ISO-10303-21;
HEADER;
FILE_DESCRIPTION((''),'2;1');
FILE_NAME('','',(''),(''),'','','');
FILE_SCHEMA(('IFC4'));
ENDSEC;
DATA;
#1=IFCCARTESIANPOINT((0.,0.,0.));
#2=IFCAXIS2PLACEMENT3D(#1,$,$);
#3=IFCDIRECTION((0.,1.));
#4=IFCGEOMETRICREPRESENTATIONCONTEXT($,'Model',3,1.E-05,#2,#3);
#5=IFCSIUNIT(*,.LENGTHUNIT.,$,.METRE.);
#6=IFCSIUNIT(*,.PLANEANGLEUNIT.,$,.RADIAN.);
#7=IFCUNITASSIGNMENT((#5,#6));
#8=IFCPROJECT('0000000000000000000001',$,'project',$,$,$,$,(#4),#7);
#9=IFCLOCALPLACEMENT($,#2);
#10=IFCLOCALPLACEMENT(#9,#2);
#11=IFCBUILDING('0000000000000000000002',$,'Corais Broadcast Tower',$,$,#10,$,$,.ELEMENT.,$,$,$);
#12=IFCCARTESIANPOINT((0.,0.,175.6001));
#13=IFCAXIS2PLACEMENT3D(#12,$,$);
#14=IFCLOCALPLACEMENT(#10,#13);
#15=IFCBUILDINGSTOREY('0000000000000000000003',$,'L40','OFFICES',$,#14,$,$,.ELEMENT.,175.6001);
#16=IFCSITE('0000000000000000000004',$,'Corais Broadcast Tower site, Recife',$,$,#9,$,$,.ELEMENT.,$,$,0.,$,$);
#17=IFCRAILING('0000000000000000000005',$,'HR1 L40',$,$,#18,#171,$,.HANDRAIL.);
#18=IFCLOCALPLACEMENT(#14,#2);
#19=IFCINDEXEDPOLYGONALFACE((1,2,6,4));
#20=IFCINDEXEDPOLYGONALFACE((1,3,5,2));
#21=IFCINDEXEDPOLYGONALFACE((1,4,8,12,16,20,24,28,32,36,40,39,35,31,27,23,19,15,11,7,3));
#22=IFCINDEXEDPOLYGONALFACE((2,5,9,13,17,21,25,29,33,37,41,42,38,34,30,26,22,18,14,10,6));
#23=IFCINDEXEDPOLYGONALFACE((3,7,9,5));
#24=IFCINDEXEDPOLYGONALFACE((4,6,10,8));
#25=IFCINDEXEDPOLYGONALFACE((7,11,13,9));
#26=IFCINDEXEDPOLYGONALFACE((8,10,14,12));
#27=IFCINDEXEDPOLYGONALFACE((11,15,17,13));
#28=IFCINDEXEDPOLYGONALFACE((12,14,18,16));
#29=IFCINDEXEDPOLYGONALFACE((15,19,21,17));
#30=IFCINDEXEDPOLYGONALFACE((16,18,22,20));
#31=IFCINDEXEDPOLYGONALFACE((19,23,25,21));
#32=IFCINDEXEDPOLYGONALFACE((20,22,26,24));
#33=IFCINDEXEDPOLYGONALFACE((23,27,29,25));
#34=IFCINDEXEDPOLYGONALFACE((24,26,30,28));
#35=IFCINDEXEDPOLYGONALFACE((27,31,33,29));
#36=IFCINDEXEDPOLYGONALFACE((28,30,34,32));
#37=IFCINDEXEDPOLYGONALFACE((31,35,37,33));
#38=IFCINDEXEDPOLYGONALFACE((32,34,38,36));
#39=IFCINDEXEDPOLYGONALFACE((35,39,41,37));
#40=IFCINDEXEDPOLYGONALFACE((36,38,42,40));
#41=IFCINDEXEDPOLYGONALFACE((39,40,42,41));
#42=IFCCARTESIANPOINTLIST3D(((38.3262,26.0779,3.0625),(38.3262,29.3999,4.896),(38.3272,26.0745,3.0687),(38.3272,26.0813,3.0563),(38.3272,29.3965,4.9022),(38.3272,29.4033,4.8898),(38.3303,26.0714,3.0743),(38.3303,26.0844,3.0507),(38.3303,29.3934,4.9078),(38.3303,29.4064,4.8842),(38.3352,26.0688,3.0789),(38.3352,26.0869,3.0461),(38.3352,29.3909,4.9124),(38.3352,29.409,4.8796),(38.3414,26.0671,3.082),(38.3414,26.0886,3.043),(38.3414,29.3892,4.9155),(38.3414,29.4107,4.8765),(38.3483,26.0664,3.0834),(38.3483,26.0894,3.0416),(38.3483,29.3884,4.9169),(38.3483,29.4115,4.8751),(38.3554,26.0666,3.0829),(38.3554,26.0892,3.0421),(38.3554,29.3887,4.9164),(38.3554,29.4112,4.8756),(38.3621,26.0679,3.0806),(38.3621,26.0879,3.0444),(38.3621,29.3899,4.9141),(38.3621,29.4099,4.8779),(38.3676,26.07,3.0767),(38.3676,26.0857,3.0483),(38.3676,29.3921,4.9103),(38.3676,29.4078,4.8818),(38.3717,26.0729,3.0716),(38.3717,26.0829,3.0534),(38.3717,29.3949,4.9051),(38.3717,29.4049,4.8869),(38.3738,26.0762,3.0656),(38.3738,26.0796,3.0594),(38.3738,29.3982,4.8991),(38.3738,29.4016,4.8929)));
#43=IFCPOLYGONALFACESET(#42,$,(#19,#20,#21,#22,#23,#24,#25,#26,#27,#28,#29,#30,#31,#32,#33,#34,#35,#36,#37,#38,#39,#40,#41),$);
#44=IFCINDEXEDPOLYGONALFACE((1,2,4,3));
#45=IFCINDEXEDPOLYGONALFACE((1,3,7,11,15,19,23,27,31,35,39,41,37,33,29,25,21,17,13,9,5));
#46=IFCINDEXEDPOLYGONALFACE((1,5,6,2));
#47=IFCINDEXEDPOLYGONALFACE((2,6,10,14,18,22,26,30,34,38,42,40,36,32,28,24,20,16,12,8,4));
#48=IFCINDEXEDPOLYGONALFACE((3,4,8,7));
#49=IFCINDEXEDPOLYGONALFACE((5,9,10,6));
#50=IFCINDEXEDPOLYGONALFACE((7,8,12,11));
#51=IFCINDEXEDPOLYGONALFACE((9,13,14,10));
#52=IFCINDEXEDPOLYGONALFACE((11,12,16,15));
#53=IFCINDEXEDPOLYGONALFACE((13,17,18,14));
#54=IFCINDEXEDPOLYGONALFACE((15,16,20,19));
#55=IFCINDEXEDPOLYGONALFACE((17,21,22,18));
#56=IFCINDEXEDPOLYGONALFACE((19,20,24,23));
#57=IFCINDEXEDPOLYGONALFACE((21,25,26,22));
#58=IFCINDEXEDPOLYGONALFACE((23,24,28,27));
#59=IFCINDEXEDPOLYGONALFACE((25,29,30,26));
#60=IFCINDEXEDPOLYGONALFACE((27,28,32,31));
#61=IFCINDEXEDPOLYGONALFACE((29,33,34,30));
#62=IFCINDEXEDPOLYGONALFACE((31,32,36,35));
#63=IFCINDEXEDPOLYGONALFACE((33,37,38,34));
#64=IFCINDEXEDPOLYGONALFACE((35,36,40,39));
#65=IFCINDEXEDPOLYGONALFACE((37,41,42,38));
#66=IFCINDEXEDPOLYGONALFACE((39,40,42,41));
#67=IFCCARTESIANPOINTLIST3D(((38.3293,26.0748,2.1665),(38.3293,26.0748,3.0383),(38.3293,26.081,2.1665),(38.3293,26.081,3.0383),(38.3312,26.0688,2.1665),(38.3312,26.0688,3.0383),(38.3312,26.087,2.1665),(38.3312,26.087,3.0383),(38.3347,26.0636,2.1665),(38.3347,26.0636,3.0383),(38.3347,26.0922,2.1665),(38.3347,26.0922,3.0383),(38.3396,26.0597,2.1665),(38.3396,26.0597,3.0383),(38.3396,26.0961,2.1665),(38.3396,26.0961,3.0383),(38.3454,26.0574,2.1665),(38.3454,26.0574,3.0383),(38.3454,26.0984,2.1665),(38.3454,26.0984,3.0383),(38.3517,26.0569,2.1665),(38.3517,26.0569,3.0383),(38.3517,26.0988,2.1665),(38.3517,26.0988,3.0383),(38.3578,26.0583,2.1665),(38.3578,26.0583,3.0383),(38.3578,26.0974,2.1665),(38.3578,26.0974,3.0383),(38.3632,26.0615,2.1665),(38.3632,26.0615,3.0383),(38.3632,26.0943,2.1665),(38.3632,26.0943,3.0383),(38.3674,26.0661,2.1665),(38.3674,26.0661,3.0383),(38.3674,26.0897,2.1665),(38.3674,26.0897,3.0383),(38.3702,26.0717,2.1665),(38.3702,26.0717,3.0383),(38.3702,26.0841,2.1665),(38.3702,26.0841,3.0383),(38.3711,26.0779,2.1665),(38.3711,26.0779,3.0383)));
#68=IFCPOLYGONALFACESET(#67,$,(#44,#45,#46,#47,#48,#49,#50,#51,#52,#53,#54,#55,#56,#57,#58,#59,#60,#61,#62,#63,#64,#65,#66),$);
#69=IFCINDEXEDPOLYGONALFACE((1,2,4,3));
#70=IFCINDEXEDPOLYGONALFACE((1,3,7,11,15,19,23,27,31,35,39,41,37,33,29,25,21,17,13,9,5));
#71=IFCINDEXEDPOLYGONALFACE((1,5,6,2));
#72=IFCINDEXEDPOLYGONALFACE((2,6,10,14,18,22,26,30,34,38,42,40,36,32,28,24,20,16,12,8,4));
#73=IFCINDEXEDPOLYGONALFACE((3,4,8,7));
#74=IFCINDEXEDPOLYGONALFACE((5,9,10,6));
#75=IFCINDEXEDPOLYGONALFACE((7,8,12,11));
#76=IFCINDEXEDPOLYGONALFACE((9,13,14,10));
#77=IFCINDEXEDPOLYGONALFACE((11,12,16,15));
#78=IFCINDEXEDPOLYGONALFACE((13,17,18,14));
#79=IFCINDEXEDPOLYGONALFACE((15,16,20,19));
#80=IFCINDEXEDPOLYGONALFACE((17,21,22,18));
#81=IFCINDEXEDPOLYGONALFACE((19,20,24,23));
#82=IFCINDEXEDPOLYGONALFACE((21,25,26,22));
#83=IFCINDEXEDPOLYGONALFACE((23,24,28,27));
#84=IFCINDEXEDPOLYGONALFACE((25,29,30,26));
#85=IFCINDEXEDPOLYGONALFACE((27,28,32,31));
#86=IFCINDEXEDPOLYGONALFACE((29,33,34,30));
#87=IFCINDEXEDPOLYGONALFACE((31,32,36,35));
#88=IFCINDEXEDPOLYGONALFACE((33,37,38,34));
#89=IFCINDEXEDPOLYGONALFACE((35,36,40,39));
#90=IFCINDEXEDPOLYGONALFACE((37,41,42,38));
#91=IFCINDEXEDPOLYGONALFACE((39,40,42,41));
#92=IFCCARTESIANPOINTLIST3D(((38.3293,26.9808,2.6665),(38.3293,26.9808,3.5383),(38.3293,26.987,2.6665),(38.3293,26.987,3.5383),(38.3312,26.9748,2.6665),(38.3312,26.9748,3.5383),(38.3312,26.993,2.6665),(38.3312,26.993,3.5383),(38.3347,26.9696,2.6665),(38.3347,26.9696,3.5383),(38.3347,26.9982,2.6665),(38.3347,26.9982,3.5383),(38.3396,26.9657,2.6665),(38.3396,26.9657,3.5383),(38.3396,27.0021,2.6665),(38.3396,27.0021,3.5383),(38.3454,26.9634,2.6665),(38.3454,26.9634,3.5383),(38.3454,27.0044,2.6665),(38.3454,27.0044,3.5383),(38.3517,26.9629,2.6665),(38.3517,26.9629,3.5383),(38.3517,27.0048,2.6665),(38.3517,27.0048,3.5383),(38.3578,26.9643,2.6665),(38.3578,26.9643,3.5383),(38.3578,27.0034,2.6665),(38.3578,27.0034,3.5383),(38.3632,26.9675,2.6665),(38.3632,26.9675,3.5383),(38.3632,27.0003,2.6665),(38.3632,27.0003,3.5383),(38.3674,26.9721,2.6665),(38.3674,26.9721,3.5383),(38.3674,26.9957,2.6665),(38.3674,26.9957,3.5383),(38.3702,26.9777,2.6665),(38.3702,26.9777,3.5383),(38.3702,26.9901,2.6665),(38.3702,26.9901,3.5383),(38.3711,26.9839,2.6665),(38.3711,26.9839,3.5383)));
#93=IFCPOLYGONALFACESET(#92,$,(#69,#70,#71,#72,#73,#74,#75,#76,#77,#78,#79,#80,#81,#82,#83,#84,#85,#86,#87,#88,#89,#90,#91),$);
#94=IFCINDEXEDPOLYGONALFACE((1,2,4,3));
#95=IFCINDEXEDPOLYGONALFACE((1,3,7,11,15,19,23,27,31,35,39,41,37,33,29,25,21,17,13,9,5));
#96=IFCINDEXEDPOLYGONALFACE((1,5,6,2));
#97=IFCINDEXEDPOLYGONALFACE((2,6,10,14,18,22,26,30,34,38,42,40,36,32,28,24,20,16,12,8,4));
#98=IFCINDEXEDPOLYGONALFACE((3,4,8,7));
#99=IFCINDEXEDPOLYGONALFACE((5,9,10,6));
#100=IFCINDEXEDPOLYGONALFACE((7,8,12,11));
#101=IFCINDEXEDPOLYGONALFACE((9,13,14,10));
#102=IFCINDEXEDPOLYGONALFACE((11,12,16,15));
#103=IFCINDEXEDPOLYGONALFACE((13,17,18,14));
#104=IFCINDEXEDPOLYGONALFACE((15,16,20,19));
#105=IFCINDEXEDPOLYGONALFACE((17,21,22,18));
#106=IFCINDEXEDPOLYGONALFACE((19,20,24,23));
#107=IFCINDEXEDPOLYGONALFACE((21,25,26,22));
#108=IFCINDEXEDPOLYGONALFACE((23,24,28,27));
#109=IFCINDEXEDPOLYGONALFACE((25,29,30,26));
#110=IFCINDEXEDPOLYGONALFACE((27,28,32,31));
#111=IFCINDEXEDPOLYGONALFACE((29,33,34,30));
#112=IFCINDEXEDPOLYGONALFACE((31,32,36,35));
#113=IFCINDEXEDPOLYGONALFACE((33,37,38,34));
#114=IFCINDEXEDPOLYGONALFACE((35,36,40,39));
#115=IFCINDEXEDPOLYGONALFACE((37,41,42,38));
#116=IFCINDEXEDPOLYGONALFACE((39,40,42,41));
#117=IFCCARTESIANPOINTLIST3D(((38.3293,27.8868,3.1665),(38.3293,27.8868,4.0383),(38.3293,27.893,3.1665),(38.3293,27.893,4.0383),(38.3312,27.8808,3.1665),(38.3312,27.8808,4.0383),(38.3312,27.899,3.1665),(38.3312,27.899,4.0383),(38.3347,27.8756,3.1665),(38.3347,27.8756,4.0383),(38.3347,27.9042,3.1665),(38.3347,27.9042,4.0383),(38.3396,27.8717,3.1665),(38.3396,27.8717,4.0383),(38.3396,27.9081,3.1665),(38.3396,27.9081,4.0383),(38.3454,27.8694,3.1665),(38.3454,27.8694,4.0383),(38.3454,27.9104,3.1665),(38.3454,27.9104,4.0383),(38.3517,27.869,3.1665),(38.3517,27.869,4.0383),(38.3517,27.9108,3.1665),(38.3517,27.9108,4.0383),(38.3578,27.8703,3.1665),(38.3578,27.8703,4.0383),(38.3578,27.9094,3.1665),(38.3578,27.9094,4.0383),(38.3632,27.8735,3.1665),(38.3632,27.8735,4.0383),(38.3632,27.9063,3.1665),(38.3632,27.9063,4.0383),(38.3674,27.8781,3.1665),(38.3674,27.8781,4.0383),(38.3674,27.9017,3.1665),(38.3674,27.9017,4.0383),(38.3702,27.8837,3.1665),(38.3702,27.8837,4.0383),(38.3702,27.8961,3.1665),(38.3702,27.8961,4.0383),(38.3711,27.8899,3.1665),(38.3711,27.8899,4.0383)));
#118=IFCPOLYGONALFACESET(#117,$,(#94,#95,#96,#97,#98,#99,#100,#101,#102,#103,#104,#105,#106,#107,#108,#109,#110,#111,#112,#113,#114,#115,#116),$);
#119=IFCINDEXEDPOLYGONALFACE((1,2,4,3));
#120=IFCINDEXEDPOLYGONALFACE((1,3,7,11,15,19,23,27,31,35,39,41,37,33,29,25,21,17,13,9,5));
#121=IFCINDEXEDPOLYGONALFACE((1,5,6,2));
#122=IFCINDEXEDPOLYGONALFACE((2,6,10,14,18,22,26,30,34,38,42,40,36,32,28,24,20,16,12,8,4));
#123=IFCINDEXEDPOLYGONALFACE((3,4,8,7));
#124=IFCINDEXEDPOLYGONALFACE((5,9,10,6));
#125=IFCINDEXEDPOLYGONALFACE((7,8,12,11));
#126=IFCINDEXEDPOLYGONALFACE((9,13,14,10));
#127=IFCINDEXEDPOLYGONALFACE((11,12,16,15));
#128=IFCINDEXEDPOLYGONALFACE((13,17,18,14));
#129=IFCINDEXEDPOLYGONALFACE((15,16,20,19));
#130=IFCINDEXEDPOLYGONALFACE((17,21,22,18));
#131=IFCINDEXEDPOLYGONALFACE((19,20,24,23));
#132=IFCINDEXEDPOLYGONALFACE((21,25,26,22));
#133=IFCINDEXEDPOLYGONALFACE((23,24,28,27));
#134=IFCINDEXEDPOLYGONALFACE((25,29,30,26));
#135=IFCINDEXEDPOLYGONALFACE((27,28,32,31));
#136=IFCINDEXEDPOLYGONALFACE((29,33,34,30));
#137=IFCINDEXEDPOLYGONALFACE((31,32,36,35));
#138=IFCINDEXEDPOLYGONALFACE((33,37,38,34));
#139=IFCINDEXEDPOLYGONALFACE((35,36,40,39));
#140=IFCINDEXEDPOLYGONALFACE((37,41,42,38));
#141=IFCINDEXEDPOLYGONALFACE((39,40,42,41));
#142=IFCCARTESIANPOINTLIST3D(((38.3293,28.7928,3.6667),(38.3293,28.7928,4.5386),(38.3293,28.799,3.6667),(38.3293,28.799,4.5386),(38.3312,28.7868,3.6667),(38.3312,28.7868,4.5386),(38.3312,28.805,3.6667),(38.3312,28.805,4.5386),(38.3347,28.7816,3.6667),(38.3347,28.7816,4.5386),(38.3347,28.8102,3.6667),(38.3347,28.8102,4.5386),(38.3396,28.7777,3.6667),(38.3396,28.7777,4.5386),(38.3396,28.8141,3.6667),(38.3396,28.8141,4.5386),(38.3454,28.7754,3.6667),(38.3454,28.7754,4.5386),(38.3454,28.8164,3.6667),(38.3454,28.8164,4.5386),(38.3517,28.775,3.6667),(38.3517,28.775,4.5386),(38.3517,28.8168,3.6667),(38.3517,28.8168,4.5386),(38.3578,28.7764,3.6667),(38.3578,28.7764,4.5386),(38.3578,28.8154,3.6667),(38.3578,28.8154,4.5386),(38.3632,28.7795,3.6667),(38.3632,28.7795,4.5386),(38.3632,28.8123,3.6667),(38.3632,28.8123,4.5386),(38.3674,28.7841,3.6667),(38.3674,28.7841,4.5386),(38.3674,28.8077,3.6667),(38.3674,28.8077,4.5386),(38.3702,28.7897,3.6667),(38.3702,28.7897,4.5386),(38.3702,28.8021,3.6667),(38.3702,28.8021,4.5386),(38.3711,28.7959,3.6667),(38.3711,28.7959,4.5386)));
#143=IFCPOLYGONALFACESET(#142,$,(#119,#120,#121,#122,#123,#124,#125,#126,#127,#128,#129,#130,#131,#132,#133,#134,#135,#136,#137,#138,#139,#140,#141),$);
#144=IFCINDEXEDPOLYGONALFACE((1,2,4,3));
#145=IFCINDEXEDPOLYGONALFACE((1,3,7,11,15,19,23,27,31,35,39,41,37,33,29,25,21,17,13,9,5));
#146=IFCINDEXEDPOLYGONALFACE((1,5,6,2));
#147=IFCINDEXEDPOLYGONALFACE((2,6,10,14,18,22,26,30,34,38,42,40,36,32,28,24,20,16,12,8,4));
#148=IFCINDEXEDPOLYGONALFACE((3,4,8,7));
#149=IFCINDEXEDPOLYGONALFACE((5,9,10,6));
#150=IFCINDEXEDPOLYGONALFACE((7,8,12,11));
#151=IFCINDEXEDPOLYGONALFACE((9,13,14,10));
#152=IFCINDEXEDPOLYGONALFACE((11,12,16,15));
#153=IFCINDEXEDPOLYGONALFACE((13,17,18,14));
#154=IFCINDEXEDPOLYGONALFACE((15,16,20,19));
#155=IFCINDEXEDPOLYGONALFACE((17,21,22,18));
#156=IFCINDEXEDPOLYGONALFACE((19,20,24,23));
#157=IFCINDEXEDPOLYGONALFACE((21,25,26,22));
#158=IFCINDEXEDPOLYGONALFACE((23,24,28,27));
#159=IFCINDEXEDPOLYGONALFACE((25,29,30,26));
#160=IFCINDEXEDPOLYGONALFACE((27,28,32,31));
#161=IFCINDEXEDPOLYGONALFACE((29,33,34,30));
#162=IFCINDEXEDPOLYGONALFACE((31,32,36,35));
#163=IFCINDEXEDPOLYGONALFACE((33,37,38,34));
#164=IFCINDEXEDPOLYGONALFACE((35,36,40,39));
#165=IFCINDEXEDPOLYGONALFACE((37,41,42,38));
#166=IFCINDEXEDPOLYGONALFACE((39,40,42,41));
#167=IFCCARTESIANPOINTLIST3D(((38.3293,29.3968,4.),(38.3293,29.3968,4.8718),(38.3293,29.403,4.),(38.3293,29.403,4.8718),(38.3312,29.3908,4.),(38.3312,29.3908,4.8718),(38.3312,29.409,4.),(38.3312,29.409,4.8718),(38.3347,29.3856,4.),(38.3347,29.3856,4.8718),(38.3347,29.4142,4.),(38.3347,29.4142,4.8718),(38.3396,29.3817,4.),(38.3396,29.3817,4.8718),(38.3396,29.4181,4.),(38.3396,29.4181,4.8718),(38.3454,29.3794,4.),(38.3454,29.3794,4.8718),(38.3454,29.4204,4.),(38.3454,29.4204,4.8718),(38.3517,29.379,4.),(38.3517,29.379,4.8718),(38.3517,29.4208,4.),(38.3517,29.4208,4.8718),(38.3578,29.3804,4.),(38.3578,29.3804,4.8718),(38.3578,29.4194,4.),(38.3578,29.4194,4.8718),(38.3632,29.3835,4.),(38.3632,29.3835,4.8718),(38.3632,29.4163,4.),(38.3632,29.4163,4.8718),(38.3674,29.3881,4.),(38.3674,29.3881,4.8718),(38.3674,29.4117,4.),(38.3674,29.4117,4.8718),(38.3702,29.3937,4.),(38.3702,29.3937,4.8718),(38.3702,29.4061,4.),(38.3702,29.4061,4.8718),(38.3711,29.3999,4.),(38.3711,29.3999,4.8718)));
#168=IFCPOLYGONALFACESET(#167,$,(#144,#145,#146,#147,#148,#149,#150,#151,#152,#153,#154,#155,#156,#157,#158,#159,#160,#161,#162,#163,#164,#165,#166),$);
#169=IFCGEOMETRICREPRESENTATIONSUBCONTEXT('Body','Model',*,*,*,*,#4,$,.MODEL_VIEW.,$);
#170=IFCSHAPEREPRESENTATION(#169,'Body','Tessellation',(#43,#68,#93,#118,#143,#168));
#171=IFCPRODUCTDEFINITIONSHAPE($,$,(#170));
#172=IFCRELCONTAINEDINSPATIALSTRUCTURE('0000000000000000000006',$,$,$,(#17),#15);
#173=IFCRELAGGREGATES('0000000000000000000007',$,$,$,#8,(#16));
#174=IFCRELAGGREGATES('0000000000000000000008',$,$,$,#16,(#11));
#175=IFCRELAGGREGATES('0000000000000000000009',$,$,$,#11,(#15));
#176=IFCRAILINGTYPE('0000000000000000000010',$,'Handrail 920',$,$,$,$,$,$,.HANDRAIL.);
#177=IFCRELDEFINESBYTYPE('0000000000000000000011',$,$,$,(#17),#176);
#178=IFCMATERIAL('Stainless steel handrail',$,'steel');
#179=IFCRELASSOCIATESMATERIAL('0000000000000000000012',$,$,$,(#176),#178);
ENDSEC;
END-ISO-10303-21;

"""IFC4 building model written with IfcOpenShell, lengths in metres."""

from ifc_helpers import new_model, si_unit, direction, frame, origin, origin_2d, place, context, subcontext, project, spatial, circle, extrude, material, type_object, element, save


model = new_model("IFC4")

# Units and contexts
model_context = context("Model", 3, precision=1e-05, world=origin(), true_north=direction((0.0, 1.0)))
body_context = subcontext(model_context, "Body", "Model", "MODEL_VIEW")
ifc_project = project(units=[si_unit("LENGTHUNIT", "METRE"), si_unit("PLANEANGLEUNIT", "RADIAN")], contexts=[model_context])

# Site, building, storey
site_placement = place(None, origin())
site = spatial("IfcSite", under=ifc_project, at=site_placement, Name="Corais Broadcast Tower site, Recife", CompositionType="ELEMENT", RefElevation=0.0)
building_placement = place(site_placement, origin())
building = spatial("IfcBuilding", under=site, at=building_placement, Name="Corais Broadcast Tower", CompositionType="ELEMENT")
storey_placement = place(building_placement, frame((0.0, 0.0, 175.6001)))
storey = spatial("IfcBuildingStorey", under=building, at=storey_placement, Name="L40", Description="OFFICES", CompositionType="ELEMENT", Elevation=175.6001)

# Railing
ifc_material_1 = material(Name="Stainless steel handrail", Category="steel")
railing_type = type_object("IfcRailingType", Name="Handrail 920", PredefinedType="HANDRAIL", material=ifc_material_1)
railing_placement = place(storey_placement, frame((38.3501, 26.0779, 2.1665)))
element("IfcRailing", 1, at=railing_placement, inside=storey, type_object=railing_type, Name="HR1 L40", PredefinedType="HANDRAIL", context=body_context, shape_type="SweptSolid", body=[
    extrude(circle(Radius=0.0239, at=origin_2d()), frame((0.0, 0.0, 0.896), z_axis=(0.0, 0.875504, 0.48321), x_axis=(-1.0, 0.0, 0.0)), (0.0, 0.0, 1.0), 3.7944),
    extrude(circle(Radius=0.021, at=origin_2d()), origin(), (0.0, 0.0, 1.0), 0.8718),
    extrude(circle(Radius=0.021, at=origin_2d()), frame((0.0, 0.906, 0.5)), (0.0, 0.0, 1.0), 0.8718),
    extrude(circle(Radius=0.021, at=origin_2d()), frame((0.0, 1.812, 1.0)), (0.0, 0.0, 1.0), 0.8718),
    extrude(circle(Radius=0.021, at=origin_2d()), frame((0.0, 2.718, 1.5002)), (0.0, 0.0, 1.0), 0.8718),
    extrude(circle(Radius=0.021, at=origin_2d()), frame((0.0, 3.322, 1.8335)), (0.0, 0.0, 1.0), 0.8718),
])

save(model, "model.ifc")
